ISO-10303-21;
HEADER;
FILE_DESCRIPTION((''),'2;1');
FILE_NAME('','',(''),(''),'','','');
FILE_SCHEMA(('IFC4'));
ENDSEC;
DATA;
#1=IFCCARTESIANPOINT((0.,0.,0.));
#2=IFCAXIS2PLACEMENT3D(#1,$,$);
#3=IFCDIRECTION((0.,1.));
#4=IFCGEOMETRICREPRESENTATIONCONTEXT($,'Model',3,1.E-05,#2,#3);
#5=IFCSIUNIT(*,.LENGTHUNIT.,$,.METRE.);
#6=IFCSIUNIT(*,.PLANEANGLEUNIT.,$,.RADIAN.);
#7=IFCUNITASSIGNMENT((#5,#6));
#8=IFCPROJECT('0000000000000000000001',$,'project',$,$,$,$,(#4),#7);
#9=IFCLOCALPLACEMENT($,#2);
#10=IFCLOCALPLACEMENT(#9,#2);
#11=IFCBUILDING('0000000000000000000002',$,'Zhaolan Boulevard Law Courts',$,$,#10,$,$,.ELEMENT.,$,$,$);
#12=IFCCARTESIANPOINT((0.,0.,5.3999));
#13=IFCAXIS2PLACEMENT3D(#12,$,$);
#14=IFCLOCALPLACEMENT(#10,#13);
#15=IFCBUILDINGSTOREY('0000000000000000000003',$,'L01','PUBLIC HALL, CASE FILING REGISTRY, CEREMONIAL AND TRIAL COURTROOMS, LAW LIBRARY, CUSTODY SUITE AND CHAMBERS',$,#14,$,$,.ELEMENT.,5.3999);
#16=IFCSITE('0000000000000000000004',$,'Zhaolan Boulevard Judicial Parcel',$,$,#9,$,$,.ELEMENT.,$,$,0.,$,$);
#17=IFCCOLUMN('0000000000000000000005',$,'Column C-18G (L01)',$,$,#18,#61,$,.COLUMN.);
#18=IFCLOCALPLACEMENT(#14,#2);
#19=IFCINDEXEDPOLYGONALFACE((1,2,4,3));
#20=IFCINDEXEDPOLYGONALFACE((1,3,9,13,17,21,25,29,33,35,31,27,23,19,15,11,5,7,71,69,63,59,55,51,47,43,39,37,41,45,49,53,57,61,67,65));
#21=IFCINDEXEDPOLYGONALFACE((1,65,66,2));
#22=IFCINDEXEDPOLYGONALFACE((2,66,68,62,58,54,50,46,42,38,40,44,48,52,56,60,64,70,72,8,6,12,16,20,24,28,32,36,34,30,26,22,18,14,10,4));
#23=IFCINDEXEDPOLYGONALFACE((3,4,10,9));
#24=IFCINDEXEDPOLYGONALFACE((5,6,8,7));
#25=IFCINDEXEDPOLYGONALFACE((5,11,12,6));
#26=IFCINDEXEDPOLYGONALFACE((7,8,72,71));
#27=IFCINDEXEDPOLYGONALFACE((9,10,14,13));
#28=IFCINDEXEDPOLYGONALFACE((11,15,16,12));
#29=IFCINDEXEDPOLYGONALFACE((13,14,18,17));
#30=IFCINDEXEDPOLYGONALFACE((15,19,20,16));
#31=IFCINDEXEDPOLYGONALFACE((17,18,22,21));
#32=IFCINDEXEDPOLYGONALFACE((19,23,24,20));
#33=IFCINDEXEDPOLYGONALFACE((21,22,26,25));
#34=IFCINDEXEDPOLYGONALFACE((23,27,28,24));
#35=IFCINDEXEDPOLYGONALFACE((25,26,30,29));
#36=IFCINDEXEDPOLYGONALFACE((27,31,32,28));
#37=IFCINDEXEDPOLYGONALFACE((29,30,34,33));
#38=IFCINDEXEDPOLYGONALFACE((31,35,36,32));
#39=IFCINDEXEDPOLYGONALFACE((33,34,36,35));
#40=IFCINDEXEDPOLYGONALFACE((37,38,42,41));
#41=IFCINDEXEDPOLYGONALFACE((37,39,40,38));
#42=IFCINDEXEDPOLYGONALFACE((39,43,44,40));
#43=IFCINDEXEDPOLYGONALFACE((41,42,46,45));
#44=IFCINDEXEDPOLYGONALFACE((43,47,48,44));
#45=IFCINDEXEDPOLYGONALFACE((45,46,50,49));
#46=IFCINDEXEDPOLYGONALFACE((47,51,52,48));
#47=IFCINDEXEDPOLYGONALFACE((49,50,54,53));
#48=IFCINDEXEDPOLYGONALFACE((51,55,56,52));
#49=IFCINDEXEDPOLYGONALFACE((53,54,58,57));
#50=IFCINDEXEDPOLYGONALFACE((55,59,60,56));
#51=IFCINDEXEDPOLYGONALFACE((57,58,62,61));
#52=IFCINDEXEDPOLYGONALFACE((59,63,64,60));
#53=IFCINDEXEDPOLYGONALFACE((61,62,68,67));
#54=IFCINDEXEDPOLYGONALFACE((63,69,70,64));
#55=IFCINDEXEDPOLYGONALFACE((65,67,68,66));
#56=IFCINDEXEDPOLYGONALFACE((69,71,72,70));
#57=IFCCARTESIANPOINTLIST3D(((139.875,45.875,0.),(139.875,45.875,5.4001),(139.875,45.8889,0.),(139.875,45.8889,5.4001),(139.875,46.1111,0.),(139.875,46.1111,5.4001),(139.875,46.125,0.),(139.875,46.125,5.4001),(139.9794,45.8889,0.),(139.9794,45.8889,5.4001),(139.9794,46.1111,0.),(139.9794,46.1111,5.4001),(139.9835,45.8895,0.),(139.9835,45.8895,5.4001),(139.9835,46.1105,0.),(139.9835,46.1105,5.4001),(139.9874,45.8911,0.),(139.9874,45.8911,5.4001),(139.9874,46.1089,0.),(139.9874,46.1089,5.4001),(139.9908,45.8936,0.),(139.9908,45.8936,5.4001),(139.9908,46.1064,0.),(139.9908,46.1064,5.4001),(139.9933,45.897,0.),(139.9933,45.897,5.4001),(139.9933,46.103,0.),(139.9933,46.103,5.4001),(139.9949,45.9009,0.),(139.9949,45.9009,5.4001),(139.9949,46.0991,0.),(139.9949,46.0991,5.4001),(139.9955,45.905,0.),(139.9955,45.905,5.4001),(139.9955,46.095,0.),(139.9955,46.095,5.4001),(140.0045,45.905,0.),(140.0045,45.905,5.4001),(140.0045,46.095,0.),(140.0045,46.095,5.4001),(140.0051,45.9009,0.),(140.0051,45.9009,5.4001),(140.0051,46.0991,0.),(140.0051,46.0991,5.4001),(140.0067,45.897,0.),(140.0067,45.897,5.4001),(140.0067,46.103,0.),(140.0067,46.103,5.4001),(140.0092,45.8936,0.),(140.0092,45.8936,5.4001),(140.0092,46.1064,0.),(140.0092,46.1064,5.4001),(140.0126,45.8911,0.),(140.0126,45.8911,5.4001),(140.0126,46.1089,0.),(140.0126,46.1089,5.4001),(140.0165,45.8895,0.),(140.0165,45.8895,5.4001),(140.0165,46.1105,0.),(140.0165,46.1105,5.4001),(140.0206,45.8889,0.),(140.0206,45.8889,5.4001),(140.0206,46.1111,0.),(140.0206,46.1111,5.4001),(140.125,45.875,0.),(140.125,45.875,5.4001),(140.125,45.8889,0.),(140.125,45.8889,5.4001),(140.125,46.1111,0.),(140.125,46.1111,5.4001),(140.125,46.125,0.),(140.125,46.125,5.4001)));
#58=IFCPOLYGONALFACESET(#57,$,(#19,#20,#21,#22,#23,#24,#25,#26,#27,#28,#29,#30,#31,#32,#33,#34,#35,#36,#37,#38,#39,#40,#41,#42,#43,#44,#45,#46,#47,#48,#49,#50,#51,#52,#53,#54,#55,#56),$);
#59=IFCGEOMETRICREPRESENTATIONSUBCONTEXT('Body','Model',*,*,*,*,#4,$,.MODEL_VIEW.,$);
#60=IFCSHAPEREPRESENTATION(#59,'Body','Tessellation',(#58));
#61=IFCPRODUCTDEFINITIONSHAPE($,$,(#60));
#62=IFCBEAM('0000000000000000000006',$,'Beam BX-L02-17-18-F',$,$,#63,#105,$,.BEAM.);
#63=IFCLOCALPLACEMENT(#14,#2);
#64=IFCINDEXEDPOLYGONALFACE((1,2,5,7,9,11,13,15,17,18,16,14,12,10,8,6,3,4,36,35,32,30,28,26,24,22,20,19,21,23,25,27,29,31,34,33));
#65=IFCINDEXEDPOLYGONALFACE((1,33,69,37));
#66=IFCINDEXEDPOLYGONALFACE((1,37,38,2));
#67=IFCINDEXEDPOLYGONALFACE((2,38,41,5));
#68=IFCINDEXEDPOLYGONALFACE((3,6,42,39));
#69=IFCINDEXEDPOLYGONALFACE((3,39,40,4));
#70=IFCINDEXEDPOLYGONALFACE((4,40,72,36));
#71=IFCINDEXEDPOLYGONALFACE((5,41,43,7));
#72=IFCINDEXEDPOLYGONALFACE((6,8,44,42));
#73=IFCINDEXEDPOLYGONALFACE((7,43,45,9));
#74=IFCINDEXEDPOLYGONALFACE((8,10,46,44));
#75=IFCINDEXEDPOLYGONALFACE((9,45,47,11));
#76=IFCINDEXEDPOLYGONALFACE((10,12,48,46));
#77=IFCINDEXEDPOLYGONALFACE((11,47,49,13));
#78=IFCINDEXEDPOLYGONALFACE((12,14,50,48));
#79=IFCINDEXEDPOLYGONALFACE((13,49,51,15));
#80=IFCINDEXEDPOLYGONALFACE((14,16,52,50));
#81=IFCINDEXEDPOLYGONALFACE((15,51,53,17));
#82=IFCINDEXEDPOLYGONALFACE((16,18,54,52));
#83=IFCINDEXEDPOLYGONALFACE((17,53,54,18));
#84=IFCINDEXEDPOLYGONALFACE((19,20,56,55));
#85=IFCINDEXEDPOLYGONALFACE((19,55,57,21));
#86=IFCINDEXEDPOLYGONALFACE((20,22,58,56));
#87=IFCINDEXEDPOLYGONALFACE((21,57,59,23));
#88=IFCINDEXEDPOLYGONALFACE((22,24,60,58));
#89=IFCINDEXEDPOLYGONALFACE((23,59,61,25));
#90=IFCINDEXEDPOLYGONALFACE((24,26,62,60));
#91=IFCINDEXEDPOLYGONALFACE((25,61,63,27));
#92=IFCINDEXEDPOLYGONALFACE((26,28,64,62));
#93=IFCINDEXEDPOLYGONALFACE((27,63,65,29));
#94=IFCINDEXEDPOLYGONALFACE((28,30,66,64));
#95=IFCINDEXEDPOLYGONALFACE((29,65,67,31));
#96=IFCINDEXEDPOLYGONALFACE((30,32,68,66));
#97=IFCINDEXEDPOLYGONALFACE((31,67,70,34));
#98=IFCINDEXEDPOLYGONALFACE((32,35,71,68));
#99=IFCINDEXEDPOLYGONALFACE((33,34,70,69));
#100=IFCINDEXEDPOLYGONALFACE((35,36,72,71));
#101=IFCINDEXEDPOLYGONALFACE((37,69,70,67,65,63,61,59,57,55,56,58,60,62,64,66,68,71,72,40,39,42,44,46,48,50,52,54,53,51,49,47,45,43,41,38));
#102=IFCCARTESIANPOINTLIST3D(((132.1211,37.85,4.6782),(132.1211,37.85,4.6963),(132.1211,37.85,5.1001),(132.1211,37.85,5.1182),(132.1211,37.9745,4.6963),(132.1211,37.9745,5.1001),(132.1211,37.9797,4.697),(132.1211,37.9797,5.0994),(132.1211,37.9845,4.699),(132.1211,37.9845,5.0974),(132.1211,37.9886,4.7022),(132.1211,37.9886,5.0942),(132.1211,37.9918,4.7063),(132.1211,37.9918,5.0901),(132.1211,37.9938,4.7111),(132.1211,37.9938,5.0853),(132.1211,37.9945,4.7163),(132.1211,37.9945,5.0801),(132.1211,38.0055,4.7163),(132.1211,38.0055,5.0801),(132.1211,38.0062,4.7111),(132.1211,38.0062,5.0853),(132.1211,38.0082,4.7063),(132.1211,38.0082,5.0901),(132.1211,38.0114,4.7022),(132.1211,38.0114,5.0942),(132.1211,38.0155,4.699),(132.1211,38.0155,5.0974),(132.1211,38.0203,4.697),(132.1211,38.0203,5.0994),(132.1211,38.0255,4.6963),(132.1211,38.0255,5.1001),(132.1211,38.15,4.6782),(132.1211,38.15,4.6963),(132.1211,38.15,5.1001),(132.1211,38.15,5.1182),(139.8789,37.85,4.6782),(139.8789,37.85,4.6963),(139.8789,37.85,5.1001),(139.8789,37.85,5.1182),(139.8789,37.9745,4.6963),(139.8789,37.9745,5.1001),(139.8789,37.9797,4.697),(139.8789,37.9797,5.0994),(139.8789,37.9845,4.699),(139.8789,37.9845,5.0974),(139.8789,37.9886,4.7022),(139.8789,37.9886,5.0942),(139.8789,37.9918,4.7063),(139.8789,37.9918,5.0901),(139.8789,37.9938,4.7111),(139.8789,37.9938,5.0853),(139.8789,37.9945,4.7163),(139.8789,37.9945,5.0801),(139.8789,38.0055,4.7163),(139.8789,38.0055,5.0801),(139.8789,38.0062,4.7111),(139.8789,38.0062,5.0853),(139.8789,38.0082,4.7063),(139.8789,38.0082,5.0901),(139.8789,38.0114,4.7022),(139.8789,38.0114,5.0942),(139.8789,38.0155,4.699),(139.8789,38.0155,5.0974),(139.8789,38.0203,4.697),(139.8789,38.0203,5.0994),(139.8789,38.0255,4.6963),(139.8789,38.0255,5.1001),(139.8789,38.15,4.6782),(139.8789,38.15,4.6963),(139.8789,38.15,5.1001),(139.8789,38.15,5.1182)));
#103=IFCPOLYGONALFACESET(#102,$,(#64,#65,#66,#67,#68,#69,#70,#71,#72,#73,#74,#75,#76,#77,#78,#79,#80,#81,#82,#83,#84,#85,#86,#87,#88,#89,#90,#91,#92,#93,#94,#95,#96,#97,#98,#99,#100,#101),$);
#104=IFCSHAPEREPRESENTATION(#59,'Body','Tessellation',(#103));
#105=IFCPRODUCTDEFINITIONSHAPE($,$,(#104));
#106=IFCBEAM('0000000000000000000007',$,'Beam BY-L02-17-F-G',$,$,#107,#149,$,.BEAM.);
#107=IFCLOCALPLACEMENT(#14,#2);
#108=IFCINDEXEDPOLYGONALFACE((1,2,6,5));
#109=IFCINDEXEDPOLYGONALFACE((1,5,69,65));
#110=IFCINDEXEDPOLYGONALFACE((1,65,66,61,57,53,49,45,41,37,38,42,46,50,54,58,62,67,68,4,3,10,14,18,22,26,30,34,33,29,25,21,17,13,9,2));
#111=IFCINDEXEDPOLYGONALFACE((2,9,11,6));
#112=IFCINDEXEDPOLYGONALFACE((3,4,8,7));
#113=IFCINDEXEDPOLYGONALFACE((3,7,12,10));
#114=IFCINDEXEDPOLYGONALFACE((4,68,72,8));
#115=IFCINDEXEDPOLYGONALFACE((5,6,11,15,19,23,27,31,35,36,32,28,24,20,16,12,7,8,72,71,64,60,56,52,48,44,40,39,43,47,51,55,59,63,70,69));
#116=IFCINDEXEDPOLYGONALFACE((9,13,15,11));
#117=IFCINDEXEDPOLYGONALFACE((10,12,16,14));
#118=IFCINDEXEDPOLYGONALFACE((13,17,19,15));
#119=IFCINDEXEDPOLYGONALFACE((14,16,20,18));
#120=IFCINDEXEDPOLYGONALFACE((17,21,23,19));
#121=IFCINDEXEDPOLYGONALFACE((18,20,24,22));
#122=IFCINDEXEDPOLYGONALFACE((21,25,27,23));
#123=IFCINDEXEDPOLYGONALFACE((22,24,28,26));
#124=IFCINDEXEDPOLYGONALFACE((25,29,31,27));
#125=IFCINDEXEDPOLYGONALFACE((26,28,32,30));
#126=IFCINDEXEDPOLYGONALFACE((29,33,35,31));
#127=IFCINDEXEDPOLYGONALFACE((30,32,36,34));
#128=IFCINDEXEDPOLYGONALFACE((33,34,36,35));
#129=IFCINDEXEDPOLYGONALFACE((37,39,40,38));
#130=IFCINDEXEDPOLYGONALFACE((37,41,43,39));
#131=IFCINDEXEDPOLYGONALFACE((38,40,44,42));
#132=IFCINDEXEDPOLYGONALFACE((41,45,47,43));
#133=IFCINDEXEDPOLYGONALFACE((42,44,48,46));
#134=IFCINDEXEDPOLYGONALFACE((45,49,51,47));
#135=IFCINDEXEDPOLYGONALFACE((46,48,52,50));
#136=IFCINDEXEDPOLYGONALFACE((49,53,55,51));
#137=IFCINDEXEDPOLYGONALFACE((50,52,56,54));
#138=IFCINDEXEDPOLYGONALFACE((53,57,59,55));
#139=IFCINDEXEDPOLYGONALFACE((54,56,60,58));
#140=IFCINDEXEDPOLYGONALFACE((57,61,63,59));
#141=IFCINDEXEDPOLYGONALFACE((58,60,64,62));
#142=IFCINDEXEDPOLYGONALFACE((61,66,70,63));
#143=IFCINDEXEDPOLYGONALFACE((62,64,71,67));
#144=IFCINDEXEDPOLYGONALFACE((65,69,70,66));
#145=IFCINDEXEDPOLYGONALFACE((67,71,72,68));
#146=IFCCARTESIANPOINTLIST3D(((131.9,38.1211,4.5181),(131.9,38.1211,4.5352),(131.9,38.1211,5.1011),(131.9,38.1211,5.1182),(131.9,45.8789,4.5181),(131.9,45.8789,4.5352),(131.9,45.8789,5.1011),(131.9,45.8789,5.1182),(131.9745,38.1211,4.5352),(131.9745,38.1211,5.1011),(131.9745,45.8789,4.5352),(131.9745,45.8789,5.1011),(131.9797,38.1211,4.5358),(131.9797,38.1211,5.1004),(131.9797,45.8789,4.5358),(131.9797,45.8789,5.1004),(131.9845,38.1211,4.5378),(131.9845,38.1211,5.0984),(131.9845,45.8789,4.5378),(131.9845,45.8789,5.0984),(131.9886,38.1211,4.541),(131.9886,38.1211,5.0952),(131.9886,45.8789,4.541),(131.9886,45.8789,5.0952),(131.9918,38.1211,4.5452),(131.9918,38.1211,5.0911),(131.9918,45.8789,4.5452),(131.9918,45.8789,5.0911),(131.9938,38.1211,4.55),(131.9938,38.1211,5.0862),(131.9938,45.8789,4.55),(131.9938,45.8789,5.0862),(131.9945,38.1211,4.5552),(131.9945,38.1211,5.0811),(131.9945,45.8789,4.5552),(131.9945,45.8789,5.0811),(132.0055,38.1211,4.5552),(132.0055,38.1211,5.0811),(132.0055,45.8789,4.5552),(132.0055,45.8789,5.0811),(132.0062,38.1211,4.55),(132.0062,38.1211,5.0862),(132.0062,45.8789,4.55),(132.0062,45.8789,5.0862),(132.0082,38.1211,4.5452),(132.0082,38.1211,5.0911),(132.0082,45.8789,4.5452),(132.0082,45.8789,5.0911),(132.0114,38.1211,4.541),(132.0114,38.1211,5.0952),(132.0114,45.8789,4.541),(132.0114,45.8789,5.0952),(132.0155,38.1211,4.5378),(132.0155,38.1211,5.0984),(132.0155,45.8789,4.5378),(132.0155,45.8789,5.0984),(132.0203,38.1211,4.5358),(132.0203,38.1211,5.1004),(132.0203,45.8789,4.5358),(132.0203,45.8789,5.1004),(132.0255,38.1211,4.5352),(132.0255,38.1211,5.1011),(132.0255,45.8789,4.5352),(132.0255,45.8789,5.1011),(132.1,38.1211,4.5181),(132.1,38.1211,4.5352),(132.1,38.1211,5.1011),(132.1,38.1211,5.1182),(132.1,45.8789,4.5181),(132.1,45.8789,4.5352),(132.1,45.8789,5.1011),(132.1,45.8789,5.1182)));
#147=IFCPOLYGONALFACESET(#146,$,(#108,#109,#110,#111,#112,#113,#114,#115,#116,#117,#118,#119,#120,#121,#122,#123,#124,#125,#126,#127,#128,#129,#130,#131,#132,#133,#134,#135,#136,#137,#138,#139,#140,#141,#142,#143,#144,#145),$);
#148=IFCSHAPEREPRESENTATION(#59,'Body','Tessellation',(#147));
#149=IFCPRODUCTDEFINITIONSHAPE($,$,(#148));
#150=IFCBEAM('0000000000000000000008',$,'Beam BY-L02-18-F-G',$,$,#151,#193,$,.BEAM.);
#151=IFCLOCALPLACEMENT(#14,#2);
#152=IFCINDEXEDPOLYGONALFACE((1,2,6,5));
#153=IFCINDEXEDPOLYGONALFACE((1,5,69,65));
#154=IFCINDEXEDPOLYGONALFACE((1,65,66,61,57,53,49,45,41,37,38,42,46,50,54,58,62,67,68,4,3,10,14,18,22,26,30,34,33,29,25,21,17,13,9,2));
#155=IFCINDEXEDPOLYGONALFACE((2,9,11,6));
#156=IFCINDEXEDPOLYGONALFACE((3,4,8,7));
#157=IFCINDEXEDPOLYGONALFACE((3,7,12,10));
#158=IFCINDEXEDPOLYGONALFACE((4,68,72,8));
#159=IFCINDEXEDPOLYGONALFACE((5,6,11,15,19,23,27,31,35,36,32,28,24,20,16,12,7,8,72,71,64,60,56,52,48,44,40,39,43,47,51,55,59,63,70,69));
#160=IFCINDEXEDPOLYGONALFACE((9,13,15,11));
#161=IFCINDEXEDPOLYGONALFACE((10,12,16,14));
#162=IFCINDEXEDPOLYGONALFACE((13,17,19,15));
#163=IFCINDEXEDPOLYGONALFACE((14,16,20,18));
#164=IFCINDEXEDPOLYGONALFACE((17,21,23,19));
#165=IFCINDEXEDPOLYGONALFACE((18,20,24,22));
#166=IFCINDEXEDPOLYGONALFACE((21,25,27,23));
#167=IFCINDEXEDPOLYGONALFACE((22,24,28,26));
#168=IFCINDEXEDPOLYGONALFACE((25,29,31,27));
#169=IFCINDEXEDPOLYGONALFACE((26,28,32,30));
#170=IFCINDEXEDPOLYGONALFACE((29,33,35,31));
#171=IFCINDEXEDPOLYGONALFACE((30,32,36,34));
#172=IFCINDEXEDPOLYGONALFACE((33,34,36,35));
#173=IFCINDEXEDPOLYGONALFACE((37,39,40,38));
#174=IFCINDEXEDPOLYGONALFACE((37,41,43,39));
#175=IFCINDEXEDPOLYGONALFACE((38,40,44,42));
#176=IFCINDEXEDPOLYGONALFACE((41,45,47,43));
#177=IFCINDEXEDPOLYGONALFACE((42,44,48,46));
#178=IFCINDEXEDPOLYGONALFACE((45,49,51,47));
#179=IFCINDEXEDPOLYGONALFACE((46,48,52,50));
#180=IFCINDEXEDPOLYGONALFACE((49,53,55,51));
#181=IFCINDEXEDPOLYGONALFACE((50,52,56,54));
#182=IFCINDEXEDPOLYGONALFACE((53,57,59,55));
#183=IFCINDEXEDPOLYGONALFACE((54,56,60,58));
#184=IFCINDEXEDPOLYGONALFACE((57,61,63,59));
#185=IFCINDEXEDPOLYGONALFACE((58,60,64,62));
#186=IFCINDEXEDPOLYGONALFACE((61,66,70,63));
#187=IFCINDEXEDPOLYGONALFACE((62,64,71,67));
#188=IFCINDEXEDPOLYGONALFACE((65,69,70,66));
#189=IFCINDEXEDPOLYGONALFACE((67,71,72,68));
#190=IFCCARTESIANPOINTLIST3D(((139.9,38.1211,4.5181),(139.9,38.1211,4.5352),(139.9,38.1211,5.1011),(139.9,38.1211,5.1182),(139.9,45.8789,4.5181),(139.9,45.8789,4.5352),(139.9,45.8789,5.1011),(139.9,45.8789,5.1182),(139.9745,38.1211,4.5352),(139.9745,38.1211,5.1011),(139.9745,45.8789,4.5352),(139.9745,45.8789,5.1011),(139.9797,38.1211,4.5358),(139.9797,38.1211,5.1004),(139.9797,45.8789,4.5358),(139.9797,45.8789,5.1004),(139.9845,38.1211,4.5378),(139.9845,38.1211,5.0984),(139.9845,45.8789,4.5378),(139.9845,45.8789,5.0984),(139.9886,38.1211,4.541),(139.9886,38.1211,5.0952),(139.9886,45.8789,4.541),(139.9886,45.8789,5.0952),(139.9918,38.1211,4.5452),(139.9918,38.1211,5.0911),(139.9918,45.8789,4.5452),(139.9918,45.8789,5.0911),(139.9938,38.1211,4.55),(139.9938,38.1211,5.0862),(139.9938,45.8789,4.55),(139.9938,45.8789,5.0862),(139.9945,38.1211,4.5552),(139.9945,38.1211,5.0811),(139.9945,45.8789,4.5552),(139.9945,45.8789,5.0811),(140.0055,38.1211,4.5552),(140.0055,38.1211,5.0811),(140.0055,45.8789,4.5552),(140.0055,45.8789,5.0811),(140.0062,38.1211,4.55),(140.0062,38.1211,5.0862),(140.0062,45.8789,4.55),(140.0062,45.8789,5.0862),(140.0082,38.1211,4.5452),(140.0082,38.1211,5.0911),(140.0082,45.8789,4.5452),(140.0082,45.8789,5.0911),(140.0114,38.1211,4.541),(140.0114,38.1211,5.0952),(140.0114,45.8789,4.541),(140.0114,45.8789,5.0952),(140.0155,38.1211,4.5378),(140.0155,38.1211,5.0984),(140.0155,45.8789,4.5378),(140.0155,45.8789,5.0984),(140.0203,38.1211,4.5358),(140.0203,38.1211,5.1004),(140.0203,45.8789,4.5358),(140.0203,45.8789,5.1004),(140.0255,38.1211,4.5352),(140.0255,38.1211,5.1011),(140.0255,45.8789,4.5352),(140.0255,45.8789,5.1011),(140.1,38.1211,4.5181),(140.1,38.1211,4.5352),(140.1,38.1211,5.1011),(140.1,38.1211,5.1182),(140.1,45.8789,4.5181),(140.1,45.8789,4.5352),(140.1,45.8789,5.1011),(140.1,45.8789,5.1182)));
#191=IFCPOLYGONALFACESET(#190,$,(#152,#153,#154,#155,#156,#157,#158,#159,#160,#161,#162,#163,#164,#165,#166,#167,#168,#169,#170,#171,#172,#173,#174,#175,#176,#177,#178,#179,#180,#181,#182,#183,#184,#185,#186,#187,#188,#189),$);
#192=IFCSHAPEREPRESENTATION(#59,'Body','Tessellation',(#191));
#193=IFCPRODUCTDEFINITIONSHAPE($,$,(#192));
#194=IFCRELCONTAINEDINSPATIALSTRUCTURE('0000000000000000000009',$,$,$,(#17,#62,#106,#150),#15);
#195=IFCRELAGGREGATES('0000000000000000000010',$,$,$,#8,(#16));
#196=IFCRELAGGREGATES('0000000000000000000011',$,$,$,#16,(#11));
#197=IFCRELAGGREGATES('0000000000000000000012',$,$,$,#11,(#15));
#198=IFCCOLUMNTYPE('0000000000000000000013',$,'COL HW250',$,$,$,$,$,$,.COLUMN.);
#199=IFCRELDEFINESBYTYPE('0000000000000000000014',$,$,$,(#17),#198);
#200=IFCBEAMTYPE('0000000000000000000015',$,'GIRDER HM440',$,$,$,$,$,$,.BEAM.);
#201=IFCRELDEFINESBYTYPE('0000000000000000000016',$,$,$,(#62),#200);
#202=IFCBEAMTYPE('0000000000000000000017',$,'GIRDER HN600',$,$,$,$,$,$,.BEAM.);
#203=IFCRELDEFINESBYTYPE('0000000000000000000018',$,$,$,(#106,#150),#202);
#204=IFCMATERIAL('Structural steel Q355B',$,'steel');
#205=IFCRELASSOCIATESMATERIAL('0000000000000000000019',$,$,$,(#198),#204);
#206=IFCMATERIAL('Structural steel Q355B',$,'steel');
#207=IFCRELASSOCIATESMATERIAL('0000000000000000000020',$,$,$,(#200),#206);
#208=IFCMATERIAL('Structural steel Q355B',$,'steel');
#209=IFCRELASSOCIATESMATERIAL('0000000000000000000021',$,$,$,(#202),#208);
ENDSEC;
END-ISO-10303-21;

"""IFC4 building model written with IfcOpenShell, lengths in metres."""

from ifc_helpers import new_model, si_unit, direction, frame, origin, origin_2d, place, context, subcontext, project, spatial, i_section, extrude, material, material_profile, profile_set, type_object, element, save


model = new_model("IFC4")

# Units and contexts
model_context = context("Model", 3, precision=1e-05, world=origin(), true_north=direction((0.0, 1.0)))
body_context = subcontext(model_context, "Body", "Model", "MODEL_VIEW")
ifc_project = project(units=[si_unit("LENGTHUNIT", "METRE"), si_unit("PLANEANGLEUNIT", "RADIAN")], contexts=[model_context])

# Site, building, storey
site_placement = place(None, origin())
site = spatial("IfcSite", under=ifc_project, at=site_placement, Name="Zhaolan Boulevard Judicial Parcel", CompositionType="ELEMENT", RefElevation=0.0)
building_placement = place(site_placement, origin())
building = spatial("IfcBuilding", under=site, at=building_placement, Name="Zhaolan Boulevard Law Courts", CompositionType="ELEMENT")
storey_placement = place(building_placement, frame((0.0, 0.0, 5.3999)))
storey = spatial("IfcBuildingStorey", under=building, at=storey_placement, Name="L01", Description="PUBLIC HALL, CASE FILING REGISTRY, CEREMONIAL AND TRIAL COURTROOMS, LAW LIBRARY, CUSTODY SUITE AND CHAMBERS", CompositionType="ELEMENT", Elevation=5.3999)

# Column
ifc_material_1 = material(Name="Structural steel Q355B", Category="steel")
ifc_material_profile_1 = material_profile(ifc_material_1, i_section(OverallWidth=0.25, OverallDepth=0.25, WebThickness=0.009, FlangeThickness=0.0139, FilletRadius=0.0161, at=origin_2d()), Name="HW250x250")
ifc_profile_set_1 = profile_set([ifc_material_profile_1], Name="Structural steel Q355B")
column_type = type_object("IfcColumnType", Name="COL HW250", PredefinedType="COLUMN", material=ifc_profile_set_1)
for number, where, z_axis, x_axis, name in (
    (1, (140.0, 46.0, 0.0), (0.0, 0.0, 1.0), (1.0, 0.0, 0.0), "Column C-18G (L01)"),
):
    element("IfcColumn", number, at=place(storey_placement, frame(where, z_axis=z_axis, x_axis=x_axis)), inside=storey, type_object=column_type, Name=name, PredefinedType="COLUMN", context=body_context, shape_type="SweptSolid", body=[
        extrude(i_section(OverallWidth=0.25, OverallDepth=0.25, WebThickness=0.009, FlangeThickness=0.0139, FilletRadius=0.0161, at=origin_2d()), origin(), (0.0, 0.0, 1.0), 5.4001),
    ])

# Beams
ifc_material_2 = material(Name="Structural steel Q355B", Category="steel")
ifc_material_profile_2 = material_profile(ifc_material_2, i_section(OverallWidth=0.3, OverallDepth=0.4399, WebThickness=0.011, FlangeThickness=0.0181, FilletRadius=0.02, at=origin_2d()), Name="HM440x300")
ifc_profile_set_2 = profile_set([ifc_material_profile_2], Name="Structural steel Q355B")
beam_type_1 = type_object("IfcBeamType", Name="GIRDER HM440", PredefinedType="BEAM", material=ifc_profile_set_2)
beam_1_placement = place(storey_placement, frame((132.1211, 38.0, 4.8982), z_axis=(1.0, 0.0, 0.0), x_axis=(0.0, 1.0, 0.0)))
element("IfcBeam", 2, at=beam_1_placement, inside=storey, type_object=beam_type_1, Name="Beam BX-L02-17-18-F", PredefinedType="BEAM", context=body_context, shape_type="SweptSolid", body=[
    extrude(i_section(OverallWidth=0.3, OverallDepth=0.4399, WebThickness=0.011, FlangeThickness=0.0181, FilletRadius=0.02, at=origin_2d()), origin(), (0.0, 0.0, 1.0), 7.7578),
])
ifc_material_3 = material(Name="Structural steel Q355B", Category="steel")
ifc_material_profile_3 = material_profile(ifc_material_3, i_section(OverallWidth=0.2, OverallDepth=0.6001, WebThickness=0.011, FlangeThickness=0.0171, FilletRadius=0.02, at=origin_2d()), Name="HN600x200")
ifc_profile_set_3 = profile_set([ifc_material_profile_3], Name="Structural steel Q355B")
beam_type_2 = type_object("IfcBeamType", Name="GIRDER HN600", PredefinedType="BEAM", material=ifc_profile_set_3)
for number, where, z_axis, x_axis, name in (
    (3, (132.0, 38.1211, 4.8181), (0.0, 1.0, 0.0), (-1.0, 0.0, 0.0), "Beam BY-L02-17-F-G"),
    (4, (140.0, 38.1211, 4.8181), (0.0, 1.0, 0.0), (-1.0, 0.0, 0.0), "Beam BY-L02-18-F-G"),
):
    element("IfcBeam", number, at=place(storey_placement, frame(where, z_axis=z_axis, x_axis=x_axis)), inside=storey, type_object=beam_type_2, Name=name, PredefinedType="BEAM", context=body_context, shape_type="SweptSolid", body=[
        extrude(i_section(OverallWidth=0.2, OverallDepth=0.6001, WebThickness=0.011, FlangeThickness=0.0171, FilletRadius=0.02, at=origin_2d()), origin(), (0.0, 0.0, 1.0), 7.7578),
    ])

save(model, "model.ifc")
